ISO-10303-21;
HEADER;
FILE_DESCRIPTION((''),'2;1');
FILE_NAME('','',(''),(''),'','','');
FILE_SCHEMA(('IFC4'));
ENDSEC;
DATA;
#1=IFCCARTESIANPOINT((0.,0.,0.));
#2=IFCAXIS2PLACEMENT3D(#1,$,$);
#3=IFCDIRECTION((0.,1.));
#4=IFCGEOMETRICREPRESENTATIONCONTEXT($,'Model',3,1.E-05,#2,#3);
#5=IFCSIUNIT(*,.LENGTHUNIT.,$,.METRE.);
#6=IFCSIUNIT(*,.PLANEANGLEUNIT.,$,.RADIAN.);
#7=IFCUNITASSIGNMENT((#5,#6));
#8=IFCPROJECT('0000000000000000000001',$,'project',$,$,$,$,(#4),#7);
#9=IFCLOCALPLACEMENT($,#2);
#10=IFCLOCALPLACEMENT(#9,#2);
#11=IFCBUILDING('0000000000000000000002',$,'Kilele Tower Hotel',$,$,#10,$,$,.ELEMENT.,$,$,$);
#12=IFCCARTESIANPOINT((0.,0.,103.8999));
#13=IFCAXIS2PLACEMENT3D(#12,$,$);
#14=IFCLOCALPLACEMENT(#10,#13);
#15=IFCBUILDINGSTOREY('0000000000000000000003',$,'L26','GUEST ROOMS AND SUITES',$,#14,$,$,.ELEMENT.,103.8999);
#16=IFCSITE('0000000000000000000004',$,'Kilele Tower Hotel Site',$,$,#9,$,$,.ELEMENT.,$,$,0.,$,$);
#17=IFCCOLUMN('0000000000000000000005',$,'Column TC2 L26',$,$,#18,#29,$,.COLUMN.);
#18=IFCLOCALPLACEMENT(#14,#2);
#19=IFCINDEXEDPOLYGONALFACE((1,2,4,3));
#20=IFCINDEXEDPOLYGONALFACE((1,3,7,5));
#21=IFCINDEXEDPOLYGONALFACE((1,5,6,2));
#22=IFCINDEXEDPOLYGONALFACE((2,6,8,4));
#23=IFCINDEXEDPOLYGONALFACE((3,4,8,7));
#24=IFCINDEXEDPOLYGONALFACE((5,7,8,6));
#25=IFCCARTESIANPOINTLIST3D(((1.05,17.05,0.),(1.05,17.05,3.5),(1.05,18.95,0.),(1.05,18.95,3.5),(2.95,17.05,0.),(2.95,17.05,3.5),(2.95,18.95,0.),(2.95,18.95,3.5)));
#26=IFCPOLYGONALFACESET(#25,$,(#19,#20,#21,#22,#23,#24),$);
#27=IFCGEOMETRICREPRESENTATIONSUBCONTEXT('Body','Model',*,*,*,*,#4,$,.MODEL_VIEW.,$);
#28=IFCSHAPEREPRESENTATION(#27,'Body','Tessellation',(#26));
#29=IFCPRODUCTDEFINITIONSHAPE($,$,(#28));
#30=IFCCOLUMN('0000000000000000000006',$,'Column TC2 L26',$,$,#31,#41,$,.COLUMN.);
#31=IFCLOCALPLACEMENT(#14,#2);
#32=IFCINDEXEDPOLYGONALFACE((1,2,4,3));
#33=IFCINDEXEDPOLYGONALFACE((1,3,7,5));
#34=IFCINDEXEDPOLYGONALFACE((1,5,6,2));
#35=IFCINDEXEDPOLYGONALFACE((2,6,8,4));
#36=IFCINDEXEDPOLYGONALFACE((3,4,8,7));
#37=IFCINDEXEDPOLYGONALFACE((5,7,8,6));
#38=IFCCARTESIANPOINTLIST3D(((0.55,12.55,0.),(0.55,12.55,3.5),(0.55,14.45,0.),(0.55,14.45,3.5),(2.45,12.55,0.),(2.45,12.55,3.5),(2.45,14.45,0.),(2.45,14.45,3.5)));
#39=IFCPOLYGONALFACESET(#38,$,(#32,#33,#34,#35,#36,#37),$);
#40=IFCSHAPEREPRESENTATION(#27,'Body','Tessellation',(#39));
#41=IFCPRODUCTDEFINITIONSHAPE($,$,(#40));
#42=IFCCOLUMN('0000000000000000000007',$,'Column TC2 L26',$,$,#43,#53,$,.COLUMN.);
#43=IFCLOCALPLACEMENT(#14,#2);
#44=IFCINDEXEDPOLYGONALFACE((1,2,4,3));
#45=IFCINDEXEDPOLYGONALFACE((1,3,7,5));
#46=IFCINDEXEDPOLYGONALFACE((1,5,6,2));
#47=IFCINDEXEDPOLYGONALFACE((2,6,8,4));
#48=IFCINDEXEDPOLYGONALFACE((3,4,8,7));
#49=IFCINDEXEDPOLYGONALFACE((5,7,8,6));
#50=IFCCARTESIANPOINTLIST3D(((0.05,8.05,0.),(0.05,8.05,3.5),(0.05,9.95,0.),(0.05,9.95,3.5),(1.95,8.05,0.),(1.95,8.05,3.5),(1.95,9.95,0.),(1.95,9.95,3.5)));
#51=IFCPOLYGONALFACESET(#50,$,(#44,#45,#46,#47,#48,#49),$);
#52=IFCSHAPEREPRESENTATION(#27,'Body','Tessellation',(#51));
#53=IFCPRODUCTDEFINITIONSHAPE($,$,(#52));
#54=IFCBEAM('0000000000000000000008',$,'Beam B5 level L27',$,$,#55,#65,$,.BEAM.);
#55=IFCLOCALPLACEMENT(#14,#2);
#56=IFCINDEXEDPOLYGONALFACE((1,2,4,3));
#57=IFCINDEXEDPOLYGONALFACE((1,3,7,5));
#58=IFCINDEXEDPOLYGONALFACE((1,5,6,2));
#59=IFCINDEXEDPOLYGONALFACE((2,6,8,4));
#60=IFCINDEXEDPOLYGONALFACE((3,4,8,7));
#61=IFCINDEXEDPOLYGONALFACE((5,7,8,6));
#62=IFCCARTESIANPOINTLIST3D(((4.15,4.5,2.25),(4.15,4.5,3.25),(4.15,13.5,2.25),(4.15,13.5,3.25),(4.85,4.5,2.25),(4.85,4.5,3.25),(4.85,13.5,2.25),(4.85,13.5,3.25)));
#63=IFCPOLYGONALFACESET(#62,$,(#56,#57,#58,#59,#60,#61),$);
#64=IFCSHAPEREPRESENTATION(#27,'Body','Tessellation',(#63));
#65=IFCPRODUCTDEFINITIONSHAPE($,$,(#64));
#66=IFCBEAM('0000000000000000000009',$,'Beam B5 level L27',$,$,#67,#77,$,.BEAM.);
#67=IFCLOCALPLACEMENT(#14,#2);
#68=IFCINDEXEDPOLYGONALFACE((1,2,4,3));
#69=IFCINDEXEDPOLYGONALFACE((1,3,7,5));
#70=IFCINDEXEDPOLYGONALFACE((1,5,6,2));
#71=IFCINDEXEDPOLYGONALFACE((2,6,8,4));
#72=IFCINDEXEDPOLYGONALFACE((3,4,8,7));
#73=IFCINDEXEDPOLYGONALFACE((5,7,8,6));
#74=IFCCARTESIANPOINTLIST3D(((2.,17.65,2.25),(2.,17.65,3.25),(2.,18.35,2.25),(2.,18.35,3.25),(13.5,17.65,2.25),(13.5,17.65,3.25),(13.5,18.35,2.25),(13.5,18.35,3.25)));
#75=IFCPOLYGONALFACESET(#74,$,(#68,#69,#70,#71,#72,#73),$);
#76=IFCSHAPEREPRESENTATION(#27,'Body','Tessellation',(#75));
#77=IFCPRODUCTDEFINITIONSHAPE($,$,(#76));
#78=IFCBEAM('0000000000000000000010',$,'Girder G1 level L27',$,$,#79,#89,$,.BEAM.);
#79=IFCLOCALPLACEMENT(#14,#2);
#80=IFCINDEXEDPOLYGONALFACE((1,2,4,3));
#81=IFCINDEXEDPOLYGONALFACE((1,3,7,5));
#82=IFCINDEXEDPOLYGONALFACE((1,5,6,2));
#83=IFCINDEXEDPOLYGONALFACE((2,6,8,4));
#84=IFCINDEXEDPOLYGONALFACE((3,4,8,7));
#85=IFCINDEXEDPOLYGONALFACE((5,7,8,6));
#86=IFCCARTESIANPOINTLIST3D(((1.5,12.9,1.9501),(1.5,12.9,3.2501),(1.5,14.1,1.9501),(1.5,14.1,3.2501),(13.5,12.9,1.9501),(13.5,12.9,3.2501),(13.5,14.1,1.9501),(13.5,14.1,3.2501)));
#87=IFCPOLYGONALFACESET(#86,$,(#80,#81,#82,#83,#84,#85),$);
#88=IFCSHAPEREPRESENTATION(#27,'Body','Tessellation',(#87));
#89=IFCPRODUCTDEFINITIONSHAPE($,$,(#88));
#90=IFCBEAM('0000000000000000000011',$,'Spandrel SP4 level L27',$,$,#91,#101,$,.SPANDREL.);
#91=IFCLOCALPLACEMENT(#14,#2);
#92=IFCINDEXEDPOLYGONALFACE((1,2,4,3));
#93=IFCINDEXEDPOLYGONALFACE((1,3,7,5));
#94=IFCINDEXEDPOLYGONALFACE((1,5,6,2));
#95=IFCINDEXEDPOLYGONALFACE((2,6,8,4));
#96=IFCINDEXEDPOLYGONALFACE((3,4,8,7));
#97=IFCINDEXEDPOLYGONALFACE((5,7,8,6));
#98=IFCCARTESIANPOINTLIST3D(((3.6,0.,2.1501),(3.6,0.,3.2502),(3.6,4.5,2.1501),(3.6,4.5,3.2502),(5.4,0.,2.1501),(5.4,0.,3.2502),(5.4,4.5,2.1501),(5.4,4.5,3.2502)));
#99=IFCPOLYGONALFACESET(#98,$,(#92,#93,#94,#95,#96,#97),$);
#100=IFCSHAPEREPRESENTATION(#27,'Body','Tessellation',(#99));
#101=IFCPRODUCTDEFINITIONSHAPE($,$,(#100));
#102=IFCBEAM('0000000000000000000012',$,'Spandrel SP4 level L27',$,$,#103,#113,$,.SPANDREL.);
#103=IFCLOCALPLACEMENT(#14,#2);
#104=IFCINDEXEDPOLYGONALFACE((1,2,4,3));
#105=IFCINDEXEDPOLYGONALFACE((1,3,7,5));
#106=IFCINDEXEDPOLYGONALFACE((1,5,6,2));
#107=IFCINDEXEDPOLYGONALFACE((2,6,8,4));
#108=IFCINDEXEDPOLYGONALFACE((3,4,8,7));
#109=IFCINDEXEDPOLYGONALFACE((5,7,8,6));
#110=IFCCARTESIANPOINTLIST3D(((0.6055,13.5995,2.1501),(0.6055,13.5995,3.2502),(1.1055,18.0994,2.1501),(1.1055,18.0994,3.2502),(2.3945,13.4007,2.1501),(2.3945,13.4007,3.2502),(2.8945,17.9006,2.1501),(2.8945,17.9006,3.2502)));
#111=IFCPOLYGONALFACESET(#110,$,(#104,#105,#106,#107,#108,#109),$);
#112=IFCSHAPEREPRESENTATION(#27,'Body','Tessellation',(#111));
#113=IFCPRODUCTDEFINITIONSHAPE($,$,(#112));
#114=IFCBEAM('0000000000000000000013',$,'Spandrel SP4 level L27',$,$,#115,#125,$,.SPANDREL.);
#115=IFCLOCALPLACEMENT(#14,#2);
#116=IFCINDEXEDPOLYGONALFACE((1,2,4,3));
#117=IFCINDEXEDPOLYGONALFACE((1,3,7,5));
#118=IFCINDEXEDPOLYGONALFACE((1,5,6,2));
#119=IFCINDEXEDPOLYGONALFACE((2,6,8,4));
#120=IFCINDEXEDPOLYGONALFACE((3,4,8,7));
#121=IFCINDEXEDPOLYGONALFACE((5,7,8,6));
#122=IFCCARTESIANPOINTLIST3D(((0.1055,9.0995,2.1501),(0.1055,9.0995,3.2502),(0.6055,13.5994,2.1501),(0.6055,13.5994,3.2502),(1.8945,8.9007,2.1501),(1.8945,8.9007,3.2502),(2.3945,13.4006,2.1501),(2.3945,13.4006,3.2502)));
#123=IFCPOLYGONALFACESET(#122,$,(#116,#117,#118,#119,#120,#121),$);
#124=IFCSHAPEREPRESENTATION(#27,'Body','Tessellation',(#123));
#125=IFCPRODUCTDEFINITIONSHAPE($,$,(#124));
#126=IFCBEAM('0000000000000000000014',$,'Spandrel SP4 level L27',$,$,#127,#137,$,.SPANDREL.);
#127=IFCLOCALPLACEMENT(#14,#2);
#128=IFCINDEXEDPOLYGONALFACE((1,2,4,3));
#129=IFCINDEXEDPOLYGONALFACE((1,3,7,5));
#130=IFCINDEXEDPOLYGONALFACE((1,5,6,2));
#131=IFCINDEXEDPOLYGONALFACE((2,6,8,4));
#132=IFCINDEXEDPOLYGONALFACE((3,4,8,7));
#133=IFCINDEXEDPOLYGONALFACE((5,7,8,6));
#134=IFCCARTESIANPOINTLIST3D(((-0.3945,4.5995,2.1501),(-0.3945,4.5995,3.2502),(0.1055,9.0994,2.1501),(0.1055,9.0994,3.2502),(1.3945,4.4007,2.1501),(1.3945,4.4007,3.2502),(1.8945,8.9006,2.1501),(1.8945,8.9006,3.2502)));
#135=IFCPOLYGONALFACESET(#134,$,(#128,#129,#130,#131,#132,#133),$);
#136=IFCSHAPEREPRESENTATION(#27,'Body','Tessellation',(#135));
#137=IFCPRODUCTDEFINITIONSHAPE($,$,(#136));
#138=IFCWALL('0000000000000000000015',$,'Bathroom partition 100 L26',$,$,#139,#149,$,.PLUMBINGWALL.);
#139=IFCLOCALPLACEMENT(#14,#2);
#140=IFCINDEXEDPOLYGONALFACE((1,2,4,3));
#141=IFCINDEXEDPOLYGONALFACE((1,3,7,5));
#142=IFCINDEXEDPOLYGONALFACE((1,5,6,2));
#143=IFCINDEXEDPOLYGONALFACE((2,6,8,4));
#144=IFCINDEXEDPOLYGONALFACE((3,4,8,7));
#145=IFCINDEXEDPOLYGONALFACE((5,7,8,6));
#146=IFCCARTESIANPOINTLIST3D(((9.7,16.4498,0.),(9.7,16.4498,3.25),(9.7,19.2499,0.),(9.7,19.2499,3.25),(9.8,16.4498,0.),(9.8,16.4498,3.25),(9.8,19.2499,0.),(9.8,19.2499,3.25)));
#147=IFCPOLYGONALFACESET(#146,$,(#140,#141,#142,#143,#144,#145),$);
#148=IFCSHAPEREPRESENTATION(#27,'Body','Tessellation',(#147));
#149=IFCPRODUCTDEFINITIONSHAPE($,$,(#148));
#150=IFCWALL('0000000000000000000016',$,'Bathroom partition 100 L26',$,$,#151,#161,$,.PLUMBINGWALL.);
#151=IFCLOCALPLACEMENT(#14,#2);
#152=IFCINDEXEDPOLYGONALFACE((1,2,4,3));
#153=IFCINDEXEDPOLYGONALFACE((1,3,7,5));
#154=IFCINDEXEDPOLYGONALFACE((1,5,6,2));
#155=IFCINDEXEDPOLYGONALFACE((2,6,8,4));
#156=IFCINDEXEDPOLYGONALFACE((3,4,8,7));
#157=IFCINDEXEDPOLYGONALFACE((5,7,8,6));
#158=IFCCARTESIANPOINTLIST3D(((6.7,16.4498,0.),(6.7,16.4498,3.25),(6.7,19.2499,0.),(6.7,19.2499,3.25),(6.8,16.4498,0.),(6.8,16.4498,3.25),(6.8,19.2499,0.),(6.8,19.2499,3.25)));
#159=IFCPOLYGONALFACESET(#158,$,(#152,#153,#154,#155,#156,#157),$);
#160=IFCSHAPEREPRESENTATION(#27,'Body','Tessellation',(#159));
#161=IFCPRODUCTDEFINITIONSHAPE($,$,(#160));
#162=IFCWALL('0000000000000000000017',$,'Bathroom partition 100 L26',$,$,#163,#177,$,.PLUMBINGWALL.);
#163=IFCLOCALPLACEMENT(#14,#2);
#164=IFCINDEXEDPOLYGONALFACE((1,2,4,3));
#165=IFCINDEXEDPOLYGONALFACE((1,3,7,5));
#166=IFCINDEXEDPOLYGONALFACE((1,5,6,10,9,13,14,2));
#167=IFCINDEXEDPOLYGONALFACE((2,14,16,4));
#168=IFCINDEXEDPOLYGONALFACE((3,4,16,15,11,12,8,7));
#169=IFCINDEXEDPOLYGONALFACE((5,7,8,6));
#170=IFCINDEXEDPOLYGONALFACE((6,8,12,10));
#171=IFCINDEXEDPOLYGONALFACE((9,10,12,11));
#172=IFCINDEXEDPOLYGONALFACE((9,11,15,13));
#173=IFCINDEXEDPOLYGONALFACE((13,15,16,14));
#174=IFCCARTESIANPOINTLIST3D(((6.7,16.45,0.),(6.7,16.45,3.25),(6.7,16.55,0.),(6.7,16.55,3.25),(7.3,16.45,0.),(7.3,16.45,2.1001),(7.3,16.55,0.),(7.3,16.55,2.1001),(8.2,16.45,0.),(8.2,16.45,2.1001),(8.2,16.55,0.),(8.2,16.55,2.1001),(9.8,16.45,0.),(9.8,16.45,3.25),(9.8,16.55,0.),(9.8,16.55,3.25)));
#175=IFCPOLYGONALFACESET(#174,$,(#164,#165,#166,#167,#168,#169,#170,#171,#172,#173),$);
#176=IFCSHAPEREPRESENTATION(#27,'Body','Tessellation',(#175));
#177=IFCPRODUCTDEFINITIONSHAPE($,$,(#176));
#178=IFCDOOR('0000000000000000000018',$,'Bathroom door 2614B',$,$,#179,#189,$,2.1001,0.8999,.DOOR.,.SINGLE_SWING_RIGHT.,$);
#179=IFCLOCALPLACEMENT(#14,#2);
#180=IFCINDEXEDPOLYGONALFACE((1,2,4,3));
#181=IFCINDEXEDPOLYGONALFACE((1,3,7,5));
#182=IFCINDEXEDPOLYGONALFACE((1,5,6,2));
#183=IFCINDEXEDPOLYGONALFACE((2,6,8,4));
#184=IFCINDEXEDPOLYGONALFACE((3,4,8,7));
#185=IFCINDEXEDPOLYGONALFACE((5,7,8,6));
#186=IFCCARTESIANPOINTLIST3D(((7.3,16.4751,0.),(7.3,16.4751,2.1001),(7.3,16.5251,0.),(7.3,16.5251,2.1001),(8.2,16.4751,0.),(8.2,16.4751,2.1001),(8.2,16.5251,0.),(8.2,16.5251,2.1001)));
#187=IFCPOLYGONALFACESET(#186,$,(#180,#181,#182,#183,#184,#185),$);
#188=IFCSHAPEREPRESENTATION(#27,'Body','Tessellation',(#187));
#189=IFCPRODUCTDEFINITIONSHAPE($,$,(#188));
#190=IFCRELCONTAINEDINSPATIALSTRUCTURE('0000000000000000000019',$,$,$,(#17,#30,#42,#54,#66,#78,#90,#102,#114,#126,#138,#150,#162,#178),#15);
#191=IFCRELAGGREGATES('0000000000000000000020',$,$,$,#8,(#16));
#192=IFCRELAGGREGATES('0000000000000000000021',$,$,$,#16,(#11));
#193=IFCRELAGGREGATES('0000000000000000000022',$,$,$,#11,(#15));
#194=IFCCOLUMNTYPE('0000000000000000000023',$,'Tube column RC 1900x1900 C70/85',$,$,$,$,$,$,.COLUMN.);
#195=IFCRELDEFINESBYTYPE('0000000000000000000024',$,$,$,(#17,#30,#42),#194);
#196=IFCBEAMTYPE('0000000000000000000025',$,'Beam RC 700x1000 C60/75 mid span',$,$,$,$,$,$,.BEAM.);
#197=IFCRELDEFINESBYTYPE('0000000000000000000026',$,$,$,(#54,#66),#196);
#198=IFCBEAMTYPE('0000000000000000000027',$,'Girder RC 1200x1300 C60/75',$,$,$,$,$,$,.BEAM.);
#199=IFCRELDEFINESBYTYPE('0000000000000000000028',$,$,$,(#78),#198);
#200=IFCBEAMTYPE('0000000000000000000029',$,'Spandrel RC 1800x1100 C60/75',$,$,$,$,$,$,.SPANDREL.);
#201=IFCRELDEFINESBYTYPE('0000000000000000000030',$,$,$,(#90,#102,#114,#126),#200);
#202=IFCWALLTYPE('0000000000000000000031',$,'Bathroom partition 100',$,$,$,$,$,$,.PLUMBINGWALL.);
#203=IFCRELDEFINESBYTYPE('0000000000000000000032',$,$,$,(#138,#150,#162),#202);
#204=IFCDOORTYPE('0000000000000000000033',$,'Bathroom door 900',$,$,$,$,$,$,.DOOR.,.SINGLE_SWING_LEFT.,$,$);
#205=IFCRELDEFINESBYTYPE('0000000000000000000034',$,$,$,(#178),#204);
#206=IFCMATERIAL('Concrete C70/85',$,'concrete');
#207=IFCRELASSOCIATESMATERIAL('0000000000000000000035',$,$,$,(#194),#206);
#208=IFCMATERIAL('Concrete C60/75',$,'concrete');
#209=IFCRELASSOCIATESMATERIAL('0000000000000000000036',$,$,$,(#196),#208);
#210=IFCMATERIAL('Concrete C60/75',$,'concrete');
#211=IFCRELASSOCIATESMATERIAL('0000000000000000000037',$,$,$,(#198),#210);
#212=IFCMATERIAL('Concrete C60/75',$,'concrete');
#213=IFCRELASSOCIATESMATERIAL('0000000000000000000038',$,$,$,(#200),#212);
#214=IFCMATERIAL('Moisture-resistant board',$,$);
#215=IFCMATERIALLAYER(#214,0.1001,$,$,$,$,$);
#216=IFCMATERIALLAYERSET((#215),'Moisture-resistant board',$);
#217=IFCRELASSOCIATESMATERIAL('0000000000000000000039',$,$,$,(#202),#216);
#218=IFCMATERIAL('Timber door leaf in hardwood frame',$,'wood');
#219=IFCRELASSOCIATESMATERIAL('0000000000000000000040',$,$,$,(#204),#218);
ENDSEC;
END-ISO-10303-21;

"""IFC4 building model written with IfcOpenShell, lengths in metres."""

from ifc_helpers import new_model, si_unit, direction, frame, frame_2d, origin, origin_2d, place, context, subcontext, project, spatial, rectangle, extrude, material, layer, layer_set, material_profile, profile_set, type_object, element, fill, save


model = new_model("IFC4")

# Units and contexts
model_context = context("Model", 3, precision=1e-05, world=origin(), true_north=direction((0.0, 1.0)))
body_context = subcontext(model_context, "Body", "Model", "MODEL_VIEW")
ifc_project = project(units=[si_unit("LENGTHUNIT", "METRE"), si_unit("PLANEANGLEUNIT", "RADIAN")], contexts=[model_context])

# Site, building, storey
site_placement = place(None, origin())
site = spatial("IfcSite", under=ifc_project, at=site_placement, Name="Kilele Tower Hotel Site", CompositionType="ELEMENT", RefElevation=0.0)
building_placement = place(site_placement, origin())
building = spatial("IfcBuilding", under=site, at=building_placement, Name="Kilele Tower Hotel", CompositionType="ELEMENT")
storey_placement = place(building_placement, frame((0.0, 0.0, 103.8999)))
storey = spatial("IfcBuildingStorey", under=building, at=storey_placement, Name="L26", Description="GUEST ROOMS AND SUITES", CompositionType="ELEMENT", Elevation=103.8999)

# Columns
ifc_material_1 = material(Name="Concrete C70/85", Category="concrete")
ifc_material_profile_1 = material_profile(ifc_material_1, rectangle(XDim=1.8999, YDim=1.8999, at=origin_2d()))
ifc_profile_set_1 = profile_set([ifc_material_profile_1], Name="Concrete C70/85")
column_type = type_object("IfcColumnType", Name="Tube column RC 1900x1900 C70/85", PredefinedType="COLUMN", material=ifc_profile_set_1)
for number, where, z_axis, x_axis, name in (
    (1, (2.0, 18.0, 0.0), (0.0, 0.0, 1.0), (1.0, 0.0, 0.0), "Column TC2 L26"),
    (2, (1.5, 13.5, 0.0), (0.0, 0.0, 1.0), (1.0, 0.0, 0.0), "Column TC2 L26"),
    (3, (1.0, 9.0, 0.0), (0.0, 0.0, 1.0), (1.0, 0.0, 0.0), "Column TC2 L26"),
):
    element("IfcColumn", number, at=place(storey_placement, frame(where, z_axis=z_axis, x_axis=x_axis)), inside=storey, type_object=column_type, Name=name, PredefinedType="COLUMN", context=body_context, shape_type="SweptSolid", body=[
        extrude(rectangle(XDim=1.8999, YDim=1.8999, at=origin_2d()), origin(), (0.0, 0.0, 1.0), 3.5),
    ])

# Beams
ifc_material_2 = material(Name="Concrete C60/75", Category="concrete")
ifc_material_profile_2 = material_profile(ifc_material_2, rectangle(XDim=0.7, YDim=1.0, at=origin_2d()))
ifc_profile_set_2 = profile_set([ifc_material_profile_2], Name="Concrete C60/75")
beam_type_1 = type_object("IfcBeamType", Name="Beam RC 700x1000 C60/75 mid span", PredefinedType="BEAM", material=ifc_profile_set_2)
beam_1_placement = place(storey_placement, frame((4.5, 4.5, 2.75), z_axis=(0.0, 1.0, 0.0), x_axis=(-1.0, 0.0, 0.0)))
element("IfcBeam", 4, at=beam_1_placement, inside=storey, type_object=beam_type_1, Name="Beam B5 level L27", PredefinedType="BEAM", context=body_context, shape_type="SweptSolid", body=[
    extrude(rectangle(XDim=0.7, YDim=1.0, at=origin_2d()), origin(), (0.0, 0.0, 1.0), 9.0),
])
beam_2_placement = place(storey_placement, frame((2.0, 18.0, 2.75), z_axis=(1.0, 0.0, 0.0), x_axis=(0.0, 1.0, 0.0)))
element("IfcBeam", 5, at=beam_2_placement, inside=storey, type_object=beam_type_1, Name="Beam B5 level L27", PredefinedType="BEAM", context=body_context, shape_type="SweptSolid", body=[
    extrude(rectangle(XDim=0.7, YDim=1.0, at=origin_2d()), origin(), (0.0, 0.0, 1.0), 11.5),
])
ifc_material_3 = material(Name="Concrete C60/75", Category="concrete")
ifc_material_profile_3 = material_profile(ifc_material_3, rectangle(XDim=1.2, YDim=1.3, at=origin_2d()))
ifc_profile_set_3 = profile_set([ifc_material_profile_3], Name="Concrete C60/75")
beam_type_2 = type_object("IfcBeamType", Name="Girder RC 1200x1300 C60/75", PredefinedType="BEAM", material=ifc_profile_set_3)
beam_3_placement = place(storey_placement, frame((1.5, 13.5, 2.6001), z_axis=(1.0, 0.0, 0.0), x_axis=(0.0, 1.0, 0.0)))
element("IfcBeam", 6, at=beam_3_placement, inside=storey, type_object=beam_type_2, Name="Girder G1 level L27", PredefinedType="BEAM", context=body_context, shape_type="SweptSolid", body=[
    extrude(rectangle(XDim=1.2, YDim=1.3, at=origin_2d()), origin(), (0.0, 0.0, 1.0), 12.0),
])
ifc_material_4 = material(Name="Concrete C60/75", Category="concrete")
ifc_material_profile_4 = material_profile(ifc_material_4, rectangle(XDim=1.8, YDim=1.1001, at=origin_2d()))
ifc_profile_set_4 = profile_set([ifc_material_profile_4], Name="Concrete C60/75")
beam_type_3 = type_object("IfcBeamType", Name="Spandrel RC 1800x1100 C60/75", PredefinedType="SPANDREL", material=ifc_profile_set_4)
beam_4_placement = place(storey_placement, frame((4.5, 4.5, 2.7002), z_axis=(0.0, -1.0, 0.0), x_axis=(1.0, 0.0, 0.0)))
element("IfcBeam", 7, at=beam_4_placement, inside=storey, type_object=beam_type_3, Name="Spandrel SP4 level L27", PredefinedType="SPANDREL", context=body_context, shape_type="SweptSolid", body=[
    extrude(rectangle(XDim=1.8, YDim=1.1001, at=origin_2d()), origin(), (0.0, 0.0, 1.0), 4.5),
])
for number, where, z_axis, x_axis, name in (
    (8, (2.0, 18.0, 2.7002), (-0.110432, -0.993884, 0.0), (0.993884, -0.110432, 0.0), "Spandrel SP4 level L27"),
    (9, (1.5, 13.5, 2.7002), (-0.110432, -0.993884, 0.0), (0.993884, -0.110432, 0.0), "Spandrel SP4 level L27"),
    (10, (1.0, 9.0, 2.7002), (-0.110432, -0.993884, 0.0), (0.993884, -0.110432, 0.0), "Spandrel SP4 level L27"),
):
    element("IfcBeam", number, at=place(storey_placement, frame(where, z_axis=z_axis, x_axis=x_axis)), inside=storey, type_object=beam_type_3, Name=name, PredefinedType="SPANDREL", context=body_context, shape_type="SweptSolid", body=[
        extrude(rectangle(XDim=1.8, YDim=1.1001, at=origin_2d()), origin(), (0.0, 0.0, 1.0), 4.5276),
    ])

# Walls
ifc_material_5 = material(Name="Moisture-resistant board")
ifc_layer_1 = layer(ifc_material_5, 0.1001)
ifc_layer_set_1 = layer_set([ifc_layer_1], Name="Moisture-resistant board")
wall_type_1 = type_object("IfcWallType", Name="Bathroom partition 100", PredefinedType="PLUMBINGWALL", material=ifc_layer_set_1)
for number, where, z_axis, x_axis, name in (
    (11, (9.75, 16.45, 0.0), (0.0, 0.0, 1.0), (0.0, 1.0, 0.0), "Bathroom partition 100 L26"),
    (12, (6.75, 16.45, 0.0), (0.0, 0.0, 1.0), (0.0, 1.0, 0.0), "Bathroom partition 100 L26"),
):
    element("IfcWall", number, at=place(storey_placement, frame(where, z_axis=z_axis, x_axis=x_axis)), inside=storey, type_object=wall_type_1, Name=name, PredefinedType="PLUMBINGWALL", context=body_context, shape_type="SweptSolid", body=[
        extrude(rectangle(XDim=2.8, YDim=0.1001, at=frame_2d((1.3999, 0.0))), origin(), (0.0, 0.0, 1.0), 3.25),
    ])

# Wall, opening, door
wall_1_placement = place(storey_placement, frame((9.8, 16.5, 0.0), z_axis=(0.0, 0.0, 1.0), x_axis=(-1.0, 0.0, 0.0)))
wall_1 = element("IfcWall", 13, at=wall_1_placement, inside=storey, type_object=wall_type_1, Name="Bathroom partition 100 L26", PredefinedType="PLUMBINGWALL", context=body_context, shape_type="SweptSolid", body=[
    extrude(rectangle(XDim=3.1001, YDim=0.1001, at=frame_2d((1.55, 0.0))), origin(), (0.0, 0.0, 1.0), 3.25),
])
opening_1_placement = place(wall_1_placement, frame((1.6001, 0.0, 0.0)))
opening_1 = element("IfcOpeningElement", 14, at=opening_1_placement, cuts=wall_1, PredefinedType="OPENING", context=body_context, shape_type="SweptSolid", body=[
    extrude(rectangle(XDim=0.8999, YDim=2.1001, at=frame_2d((0.45, 1.05))), frame((0.0, 0.0601, 0.0), z_axis=(0.0, -1.0, 0.0), x_axis=(1.0, 0.0, 0.0)), (0.0, 0.0, 1.0), 0.1201),
])
ifc_material_6 = material(Name="Timber door leaf in hardwood frame", Category="wood")
door_type_1 = type_object("IfcDoorType", Name="Bathroom door 900", OperationType="SINGLE_SWING_LEFT", PredefinedType="DOOR", material=ifc_material_6)
door_1_placement = place(opening_1_placement, origin())
door_1 = element("IfcDoor", 15, at=door_1_placement, inside=storey, type_object=door_type_1, Name="Bathroom door 2614B", OperationType="SINGLE_SWING_RIGHT", OverallHeight=2.1001, OverallWidth=0.8999, PredefinedType="DOOR", context=body_context, shape_type="SweptSolid", body=[
    extrude(rectangle(XDim=0.8999, YDim=2.1001, at=frame_2d((0.45, 1.05))), frame((0.0, 0.0249, 0.0), z_axis=(0.0, -1.0, 0.0), x_axis=(1.0, 0.0, 0.0)), (0.0, 0.0, 1.0), 0.05),
])
fill(opening_1, door_1)

save(model, "model.ifc")
